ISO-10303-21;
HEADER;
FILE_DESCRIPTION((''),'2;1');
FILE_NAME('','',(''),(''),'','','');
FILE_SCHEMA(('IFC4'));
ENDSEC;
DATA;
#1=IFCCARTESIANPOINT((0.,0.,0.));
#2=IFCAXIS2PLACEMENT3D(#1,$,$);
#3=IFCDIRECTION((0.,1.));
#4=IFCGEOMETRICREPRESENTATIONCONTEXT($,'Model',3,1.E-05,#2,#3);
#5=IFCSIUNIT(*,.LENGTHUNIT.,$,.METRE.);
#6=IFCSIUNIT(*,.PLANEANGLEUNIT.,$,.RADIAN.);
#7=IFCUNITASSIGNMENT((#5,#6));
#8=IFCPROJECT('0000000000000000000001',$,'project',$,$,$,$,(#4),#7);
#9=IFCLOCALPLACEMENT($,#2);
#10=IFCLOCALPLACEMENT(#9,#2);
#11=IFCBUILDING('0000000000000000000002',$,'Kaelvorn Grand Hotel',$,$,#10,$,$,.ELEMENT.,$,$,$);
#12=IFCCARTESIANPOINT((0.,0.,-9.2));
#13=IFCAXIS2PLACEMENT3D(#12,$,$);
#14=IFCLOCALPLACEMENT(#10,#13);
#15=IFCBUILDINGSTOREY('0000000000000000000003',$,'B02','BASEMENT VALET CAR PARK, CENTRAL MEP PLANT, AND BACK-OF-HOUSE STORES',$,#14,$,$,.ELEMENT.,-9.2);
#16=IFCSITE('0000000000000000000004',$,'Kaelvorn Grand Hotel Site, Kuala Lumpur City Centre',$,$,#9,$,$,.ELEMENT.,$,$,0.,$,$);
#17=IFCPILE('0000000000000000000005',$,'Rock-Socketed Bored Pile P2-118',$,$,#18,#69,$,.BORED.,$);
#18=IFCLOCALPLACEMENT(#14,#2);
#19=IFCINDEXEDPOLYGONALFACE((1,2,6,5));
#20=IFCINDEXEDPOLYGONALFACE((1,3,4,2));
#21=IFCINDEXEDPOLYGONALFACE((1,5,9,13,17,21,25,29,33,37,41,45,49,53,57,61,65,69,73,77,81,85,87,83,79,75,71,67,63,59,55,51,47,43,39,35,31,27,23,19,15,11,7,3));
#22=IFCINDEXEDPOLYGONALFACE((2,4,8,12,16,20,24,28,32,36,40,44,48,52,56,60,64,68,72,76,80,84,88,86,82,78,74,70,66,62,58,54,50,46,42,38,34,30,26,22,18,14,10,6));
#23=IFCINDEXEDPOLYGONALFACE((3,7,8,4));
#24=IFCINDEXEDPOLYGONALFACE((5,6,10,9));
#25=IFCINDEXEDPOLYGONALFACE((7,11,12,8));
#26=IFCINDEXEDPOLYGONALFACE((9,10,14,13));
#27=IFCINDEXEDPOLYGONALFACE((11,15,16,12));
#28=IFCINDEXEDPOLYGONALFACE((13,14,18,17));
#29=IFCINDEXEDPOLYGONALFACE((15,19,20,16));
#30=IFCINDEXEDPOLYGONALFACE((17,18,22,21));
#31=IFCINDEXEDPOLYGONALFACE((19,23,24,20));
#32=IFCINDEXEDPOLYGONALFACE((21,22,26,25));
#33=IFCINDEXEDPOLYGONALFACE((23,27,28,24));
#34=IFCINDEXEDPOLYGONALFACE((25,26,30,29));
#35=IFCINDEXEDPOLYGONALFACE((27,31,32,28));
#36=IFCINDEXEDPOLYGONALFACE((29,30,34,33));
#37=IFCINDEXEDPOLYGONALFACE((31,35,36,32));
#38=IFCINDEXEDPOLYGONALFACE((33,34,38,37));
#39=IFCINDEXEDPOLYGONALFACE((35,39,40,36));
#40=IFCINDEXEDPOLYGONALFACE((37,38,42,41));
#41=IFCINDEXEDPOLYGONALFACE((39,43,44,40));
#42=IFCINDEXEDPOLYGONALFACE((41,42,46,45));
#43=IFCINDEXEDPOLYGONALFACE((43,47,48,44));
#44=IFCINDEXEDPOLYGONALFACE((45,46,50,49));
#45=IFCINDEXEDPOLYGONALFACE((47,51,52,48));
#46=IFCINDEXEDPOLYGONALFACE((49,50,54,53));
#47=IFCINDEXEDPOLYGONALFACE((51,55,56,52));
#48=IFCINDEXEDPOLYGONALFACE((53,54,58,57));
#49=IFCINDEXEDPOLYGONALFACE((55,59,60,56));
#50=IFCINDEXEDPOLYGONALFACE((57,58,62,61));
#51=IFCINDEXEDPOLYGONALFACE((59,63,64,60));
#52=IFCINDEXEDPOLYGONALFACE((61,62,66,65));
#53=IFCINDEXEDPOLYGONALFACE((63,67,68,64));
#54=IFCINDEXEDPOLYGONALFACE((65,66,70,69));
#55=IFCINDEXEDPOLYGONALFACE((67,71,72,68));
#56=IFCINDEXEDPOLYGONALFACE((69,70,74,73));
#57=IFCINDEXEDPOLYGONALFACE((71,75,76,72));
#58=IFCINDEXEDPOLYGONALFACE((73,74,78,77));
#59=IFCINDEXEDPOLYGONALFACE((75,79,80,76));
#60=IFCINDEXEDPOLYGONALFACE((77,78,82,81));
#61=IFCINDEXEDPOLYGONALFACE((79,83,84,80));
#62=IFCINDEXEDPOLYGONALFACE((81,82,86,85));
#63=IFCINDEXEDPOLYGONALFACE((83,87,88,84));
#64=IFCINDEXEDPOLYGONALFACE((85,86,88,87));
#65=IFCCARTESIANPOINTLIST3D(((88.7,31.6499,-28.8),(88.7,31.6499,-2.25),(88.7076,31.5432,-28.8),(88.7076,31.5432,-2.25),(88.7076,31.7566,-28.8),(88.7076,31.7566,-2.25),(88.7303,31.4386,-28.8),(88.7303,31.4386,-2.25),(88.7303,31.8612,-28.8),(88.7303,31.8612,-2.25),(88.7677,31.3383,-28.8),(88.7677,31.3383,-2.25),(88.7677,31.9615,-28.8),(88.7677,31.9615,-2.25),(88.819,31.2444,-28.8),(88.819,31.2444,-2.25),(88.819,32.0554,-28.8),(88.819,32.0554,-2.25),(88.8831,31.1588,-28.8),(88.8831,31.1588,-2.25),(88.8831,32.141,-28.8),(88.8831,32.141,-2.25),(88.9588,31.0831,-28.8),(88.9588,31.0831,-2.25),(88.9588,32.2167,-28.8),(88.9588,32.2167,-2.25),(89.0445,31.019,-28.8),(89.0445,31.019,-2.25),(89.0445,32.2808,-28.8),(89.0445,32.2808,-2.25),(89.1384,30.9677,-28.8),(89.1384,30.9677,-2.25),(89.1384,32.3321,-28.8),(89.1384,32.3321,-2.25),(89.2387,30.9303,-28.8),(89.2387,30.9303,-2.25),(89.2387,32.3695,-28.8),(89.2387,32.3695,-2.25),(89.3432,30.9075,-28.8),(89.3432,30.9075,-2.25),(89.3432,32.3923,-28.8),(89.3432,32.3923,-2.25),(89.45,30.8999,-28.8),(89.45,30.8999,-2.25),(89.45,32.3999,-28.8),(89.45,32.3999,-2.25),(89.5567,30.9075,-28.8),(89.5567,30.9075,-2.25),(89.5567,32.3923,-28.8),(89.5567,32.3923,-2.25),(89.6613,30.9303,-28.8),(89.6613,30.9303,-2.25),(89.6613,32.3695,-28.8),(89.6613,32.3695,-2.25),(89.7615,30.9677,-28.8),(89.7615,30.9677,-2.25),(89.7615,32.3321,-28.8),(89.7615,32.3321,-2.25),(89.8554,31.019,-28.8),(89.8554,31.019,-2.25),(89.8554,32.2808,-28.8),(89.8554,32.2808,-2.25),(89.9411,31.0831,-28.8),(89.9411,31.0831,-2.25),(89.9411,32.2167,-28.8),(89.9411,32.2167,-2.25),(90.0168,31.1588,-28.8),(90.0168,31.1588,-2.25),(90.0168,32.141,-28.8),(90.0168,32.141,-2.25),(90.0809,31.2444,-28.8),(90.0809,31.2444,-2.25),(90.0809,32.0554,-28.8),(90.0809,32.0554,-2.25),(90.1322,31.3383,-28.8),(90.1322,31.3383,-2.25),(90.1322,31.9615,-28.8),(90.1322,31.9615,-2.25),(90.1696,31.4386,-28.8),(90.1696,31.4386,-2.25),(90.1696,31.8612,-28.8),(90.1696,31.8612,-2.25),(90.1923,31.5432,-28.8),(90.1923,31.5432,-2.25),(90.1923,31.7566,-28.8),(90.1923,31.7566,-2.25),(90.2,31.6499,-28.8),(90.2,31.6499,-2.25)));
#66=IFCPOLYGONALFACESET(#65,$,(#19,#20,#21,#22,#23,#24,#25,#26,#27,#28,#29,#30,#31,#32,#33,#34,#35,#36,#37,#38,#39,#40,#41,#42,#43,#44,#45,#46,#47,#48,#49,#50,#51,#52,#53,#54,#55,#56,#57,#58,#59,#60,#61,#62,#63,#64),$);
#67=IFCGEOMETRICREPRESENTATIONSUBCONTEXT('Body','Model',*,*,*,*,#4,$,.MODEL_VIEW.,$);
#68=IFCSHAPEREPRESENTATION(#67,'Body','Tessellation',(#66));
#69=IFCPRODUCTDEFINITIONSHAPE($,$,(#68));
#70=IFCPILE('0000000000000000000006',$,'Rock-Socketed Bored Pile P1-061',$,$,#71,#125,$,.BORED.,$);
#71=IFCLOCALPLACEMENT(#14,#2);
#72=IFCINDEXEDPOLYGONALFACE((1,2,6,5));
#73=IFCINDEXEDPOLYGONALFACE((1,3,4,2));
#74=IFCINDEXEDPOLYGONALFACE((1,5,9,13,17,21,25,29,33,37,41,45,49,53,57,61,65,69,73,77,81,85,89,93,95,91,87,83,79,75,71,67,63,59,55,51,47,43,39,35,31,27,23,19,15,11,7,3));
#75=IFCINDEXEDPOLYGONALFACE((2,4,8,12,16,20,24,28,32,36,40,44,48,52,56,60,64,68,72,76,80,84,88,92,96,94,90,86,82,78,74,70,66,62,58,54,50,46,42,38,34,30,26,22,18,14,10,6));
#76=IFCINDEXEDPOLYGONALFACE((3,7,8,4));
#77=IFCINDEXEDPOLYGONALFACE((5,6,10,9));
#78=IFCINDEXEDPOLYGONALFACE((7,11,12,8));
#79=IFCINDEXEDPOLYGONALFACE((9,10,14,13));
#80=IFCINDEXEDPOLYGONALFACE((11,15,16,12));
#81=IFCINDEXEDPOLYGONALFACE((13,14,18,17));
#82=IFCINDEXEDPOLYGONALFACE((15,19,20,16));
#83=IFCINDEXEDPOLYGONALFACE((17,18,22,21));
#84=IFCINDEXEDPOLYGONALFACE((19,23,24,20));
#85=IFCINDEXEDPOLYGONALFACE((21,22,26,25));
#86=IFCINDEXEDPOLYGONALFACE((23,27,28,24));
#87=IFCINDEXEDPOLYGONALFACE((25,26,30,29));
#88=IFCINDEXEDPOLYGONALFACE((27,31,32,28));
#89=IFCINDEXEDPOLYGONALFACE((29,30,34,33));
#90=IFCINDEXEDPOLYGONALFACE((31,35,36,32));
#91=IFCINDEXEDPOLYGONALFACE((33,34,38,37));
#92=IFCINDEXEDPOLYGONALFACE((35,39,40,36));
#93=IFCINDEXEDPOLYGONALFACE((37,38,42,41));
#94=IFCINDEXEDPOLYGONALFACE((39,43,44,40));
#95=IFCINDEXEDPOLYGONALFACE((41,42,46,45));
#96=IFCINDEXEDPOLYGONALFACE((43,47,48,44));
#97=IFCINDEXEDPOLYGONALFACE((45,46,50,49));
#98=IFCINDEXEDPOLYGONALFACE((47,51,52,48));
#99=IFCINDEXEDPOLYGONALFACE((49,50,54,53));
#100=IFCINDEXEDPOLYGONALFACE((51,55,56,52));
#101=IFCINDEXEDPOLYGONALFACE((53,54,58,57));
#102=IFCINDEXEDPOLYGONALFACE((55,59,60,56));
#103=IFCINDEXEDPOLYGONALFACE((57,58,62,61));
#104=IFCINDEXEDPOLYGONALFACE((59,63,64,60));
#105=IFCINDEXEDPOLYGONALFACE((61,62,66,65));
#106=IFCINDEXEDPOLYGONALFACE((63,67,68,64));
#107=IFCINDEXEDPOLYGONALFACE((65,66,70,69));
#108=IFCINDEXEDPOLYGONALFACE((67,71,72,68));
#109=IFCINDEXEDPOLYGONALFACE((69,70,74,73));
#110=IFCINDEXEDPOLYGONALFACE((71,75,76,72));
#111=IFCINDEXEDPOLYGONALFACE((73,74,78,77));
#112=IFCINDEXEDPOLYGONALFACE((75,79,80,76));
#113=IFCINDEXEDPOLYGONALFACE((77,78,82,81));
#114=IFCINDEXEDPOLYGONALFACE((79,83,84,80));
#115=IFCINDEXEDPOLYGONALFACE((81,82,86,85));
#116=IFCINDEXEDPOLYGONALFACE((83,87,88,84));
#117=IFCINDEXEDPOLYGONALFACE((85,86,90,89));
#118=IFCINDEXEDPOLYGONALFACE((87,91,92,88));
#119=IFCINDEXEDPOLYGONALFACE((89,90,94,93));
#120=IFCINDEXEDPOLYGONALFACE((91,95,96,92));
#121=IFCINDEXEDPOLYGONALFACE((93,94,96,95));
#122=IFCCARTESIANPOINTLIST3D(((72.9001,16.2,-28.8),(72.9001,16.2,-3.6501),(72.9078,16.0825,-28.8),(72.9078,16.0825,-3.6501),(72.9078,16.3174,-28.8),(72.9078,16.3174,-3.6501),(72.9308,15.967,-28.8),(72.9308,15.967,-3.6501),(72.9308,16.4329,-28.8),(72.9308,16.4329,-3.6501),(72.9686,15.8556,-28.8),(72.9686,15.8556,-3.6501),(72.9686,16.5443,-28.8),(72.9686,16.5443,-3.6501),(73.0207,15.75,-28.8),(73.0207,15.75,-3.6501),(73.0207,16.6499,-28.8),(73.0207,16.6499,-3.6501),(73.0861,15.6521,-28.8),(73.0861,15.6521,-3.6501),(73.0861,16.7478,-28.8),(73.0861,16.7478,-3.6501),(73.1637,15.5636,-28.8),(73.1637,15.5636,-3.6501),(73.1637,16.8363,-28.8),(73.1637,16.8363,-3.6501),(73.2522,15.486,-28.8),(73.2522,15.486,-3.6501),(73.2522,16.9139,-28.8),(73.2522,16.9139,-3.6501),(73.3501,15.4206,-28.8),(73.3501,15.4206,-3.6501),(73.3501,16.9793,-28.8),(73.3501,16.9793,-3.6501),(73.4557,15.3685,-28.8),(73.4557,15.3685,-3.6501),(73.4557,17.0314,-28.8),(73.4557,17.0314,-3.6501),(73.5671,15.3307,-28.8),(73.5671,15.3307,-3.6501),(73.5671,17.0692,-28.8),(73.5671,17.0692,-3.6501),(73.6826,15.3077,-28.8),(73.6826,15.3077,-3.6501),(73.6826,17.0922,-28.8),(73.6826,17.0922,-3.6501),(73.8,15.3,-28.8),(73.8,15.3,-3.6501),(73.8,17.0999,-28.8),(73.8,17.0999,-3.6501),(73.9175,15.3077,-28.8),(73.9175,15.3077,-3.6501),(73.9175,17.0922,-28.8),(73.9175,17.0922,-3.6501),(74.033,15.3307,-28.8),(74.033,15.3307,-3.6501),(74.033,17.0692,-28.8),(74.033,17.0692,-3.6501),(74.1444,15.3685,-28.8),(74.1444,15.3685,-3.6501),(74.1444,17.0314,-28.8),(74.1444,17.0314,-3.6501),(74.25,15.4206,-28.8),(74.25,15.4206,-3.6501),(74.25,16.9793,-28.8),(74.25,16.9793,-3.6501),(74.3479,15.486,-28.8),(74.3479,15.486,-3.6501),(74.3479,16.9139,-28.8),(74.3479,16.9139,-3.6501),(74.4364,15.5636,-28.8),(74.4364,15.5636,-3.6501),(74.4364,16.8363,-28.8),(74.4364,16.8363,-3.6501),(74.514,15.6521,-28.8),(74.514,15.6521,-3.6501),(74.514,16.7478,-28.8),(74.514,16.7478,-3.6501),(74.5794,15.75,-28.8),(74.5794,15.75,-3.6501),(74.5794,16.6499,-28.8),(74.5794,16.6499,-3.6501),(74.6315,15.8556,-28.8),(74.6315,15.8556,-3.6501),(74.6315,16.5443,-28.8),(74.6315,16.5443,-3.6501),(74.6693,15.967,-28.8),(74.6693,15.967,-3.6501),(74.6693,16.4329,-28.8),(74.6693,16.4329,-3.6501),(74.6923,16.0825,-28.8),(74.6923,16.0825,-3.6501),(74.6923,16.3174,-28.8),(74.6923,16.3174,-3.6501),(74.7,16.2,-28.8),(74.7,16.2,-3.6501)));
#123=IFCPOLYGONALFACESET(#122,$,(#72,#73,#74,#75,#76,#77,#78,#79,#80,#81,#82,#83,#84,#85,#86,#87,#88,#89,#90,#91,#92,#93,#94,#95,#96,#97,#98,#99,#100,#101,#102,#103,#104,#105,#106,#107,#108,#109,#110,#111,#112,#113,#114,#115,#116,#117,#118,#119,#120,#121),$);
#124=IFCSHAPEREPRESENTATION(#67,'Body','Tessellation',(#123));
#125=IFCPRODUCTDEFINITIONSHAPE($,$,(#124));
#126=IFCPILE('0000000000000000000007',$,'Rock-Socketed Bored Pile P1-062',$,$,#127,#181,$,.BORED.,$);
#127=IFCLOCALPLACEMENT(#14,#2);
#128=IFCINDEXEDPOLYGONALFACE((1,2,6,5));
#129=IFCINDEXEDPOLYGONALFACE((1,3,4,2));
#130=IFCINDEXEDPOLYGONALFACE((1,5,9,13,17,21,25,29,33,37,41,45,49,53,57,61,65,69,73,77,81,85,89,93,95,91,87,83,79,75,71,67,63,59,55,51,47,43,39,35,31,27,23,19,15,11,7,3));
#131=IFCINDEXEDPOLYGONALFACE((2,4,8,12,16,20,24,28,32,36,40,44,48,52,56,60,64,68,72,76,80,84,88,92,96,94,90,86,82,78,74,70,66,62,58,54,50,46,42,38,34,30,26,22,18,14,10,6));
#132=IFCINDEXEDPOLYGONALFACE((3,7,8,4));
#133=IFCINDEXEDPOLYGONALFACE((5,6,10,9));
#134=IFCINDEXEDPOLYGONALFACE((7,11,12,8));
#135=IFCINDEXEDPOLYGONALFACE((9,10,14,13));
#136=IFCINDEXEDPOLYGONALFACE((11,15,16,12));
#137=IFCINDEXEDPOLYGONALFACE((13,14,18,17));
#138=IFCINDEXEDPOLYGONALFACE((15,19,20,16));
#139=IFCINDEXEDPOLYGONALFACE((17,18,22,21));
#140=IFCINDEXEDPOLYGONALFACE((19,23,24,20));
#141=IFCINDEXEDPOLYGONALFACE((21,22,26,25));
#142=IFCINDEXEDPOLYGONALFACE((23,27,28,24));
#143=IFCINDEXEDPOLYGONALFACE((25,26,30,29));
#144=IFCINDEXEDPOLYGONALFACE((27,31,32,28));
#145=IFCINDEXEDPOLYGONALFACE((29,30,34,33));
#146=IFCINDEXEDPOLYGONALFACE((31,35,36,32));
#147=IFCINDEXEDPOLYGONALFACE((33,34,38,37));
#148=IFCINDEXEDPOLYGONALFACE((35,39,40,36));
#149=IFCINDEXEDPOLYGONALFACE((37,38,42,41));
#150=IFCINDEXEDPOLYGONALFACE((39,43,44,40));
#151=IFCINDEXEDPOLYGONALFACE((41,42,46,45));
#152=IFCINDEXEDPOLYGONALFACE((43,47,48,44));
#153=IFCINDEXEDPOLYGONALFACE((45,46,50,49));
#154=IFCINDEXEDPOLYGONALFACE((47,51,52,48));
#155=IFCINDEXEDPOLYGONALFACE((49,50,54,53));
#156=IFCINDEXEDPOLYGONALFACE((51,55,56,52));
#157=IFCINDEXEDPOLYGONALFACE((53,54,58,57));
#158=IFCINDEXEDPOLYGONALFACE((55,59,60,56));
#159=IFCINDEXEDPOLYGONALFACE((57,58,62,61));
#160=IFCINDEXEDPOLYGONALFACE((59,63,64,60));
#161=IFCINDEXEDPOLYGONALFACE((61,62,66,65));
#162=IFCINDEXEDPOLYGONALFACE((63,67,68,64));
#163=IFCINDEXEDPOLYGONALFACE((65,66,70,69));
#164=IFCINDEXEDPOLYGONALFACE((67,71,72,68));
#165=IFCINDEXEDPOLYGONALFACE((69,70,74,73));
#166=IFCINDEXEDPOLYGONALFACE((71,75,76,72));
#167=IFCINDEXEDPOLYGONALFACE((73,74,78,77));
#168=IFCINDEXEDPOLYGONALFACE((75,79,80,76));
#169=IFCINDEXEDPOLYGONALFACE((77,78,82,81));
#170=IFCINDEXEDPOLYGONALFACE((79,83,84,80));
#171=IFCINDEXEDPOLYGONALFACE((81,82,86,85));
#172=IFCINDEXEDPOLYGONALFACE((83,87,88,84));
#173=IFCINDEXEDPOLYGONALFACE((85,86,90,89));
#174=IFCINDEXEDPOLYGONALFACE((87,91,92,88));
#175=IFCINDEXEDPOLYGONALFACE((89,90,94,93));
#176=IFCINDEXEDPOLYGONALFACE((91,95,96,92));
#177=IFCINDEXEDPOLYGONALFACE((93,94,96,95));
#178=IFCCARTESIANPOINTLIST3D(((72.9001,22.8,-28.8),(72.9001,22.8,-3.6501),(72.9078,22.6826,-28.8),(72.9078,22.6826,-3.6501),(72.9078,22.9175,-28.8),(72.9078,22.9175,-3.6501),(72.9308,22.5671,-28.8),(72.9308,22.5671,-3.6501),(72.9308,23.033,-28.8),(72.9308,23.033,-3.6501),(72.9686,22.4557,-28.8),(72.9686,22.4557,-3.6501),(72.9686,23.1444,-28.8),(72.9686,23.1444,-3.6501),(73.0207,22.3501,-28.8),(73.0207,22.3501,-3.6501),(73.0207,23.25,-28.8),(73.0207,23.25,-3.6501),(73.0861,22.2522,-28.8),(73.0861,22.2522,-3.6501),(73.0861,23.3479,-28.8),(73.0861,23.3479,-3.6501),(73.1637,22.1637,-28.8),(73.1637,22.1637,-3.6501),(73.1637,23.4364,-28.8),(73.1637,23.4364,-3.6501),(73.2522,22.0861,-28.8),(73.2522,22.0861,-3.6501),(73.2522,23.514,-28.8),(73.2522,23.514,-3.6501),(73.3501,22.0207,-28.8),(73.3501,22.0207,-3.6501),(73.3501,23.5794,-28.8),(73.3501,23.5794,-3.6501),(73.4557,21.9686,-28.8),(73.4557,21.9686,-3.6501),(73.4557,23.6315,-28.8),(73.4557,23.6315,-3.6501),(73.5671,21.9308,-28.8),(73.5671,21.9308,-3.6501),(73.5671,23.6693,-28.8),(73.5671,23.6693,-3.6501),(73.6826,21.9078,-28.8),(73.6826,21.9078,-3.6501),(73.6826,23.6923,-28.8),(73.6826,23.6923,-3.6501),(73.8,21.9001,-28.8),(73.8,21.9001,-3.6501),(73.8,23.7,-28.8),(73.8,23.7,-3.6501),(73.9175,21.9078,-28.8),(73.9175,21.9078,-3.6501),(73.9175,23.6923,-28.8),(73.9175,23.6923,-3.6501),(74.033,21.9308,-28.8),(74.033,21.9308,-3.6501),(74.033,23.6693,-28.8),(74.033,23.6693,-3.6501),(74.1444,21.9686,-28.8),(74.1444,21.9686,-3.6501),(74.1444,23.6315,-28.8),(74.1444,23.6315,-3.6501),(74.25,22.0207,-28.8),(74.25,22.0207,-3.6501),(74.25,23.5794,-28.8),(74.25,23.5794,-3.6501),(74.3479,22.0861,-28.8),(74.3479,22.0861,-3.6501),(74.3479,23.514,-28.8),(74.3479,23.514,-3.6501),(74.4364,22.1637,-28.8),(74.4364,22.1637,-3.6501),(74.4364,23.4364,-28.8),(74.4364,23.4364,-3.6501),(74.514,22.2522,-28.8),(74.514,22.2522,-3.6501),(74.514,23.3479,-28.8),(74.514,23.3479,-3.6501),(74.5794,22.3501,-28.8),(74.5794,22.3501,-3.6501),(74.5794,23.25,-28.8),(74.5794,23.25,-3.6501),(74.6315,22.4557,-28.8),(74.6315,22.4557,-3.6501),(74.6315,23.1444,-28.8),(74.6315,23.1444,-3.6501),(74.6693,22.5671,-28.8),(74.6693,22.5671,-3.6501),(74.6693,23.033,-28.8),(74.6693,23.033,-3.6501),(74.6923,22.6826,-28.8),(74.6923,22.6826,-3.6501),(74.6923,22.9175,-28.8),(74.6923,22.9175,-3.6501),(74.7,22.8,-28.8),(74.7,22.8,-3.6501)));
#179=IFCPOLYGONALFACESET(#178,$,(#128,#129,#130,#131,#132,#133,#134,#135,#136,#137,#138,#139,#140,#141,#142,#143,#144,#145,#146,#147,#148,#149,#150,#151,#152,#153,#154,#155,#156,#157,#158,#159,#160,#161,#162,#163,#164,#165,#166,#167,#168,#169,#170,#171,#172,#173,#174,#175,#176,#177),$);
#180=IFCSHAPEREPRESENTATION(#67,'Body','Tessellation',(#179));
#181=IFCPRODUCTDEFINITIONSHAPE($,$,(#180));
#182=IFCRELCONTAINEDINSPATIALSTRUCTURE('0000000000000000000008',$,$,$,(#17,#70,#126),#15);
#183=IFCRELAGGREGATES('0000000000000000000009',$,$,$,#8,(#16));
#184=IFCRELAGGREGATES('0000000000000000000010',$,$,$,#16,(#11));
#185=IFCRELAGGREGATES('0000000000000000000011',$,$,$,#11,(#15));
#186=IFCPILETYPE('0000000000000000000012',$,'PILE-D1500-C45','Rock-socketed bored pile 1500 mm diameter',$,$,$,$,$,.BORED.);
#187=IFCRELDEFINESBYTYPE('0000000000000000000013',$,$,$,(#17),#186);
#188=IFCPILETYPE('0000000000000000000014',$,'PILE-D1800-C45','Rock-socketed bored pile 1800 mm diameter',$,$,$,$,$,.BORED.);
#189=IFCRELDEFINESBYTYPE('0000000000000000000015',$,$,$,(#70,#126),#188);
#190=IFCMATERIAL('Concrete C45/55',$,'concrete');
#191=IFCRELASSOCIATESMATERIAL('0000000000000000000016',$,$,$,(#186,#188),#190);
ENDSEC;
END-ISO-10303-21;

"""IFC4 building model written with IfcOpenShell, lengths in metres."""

from ifc_helpers import new_model, si_unit, direction, frame, origin, origin_2d, place, context, subcontext, project, spatial, circle, extrude, material, material_profile, profile_set, type_object, element, save


model = new_model("IFC4")

# Units and contexts
model_context = context("Model", 3, precision=1e-05, world=origin(), true_north=direction((0.0, 1.0)))
body_context = subcontext(model_context, "Body", "Model", "MODEL_VIEW")
ifc_project = project(units=[si_unit("LENGTHUNIT", "METRE"), si_unit("PLANEANGLEUNIT", "RADIAN")], contexts=[model_context])

# Site, building, storey
site_placement = place(None, origin())
site = spatial("IfcSite", under=ifc_project, at=site_placement, Name="Kaelvorn Grand Hotel Site, Kuala Lumpur City Centre", CompositionType="ELEMENT", RefElevation=0.0)
building_placement = place(site_placement, origin())
building = spatial("IfcBuilding", under=site, at=building_placement, Name="Kaelvorn Grand Hotel", CompositionType="ELEMENT")
storey_placement = place(building_placement, frame((0.0, 0.0, -9.2)))
storey = spatial("IfcBuildingStorey", under=building, at=storey_placement, Name="B02", Description="BASEMENT VALET CAR PARK, CENTRAL MEP PLANT, AND BACK-OF-HOUSE STORES", CompositionType="ELEMENT", Elevation=-9.2)

# Piles
ifc_material_1 = material(Name="Concrete C45/55", Category="concrete")
ifc_material_profile_1 = material_profile(ifc_material_1, circle(Radius=0.75, at=origin_2d()), Name="BORED PILE D1500")
ifc_profile_set_1 = profile_set([ifc_material_profile_1], Name="Concrete C45/55")
pile_type_1 = type_object("IfcPileType", Name="PILE-D1500-C45", Description="Rock-socketed bored pile 1500 mm diameter", PredefinedType="BORED", material=ifc_profile_set_1)
for number, where, z_axis, x_axis, name in (
    (1, (89.45, 31.6499, -2.25), (0.0, 0.0, -1.0), (1.0, 0.0, 0.0), "Rock-Socketed Bored Pile P2-118"),
):
    element("IfcPile", number, at=place(storey_placement, frame(where, z_axis=z_axis, x_axis=x_axis)), inside=storey, type_object=pile_type_1, Name=name, PredefinedType="BORED", context=body_context, shape_type="SweptSolid", body=[
        extrude(circle(Radius=0.75, at=origin_2d()), origin(), (0.0, 0.0, 1.0), 26.55),
    ])
ifc_material_profile_2 = material_profile(ifc_material_1, circle(Radius=0.8999, at=origin_2d()), Name="BORED PILE D1800")
ifc_profile_set_2 = profile_set([ifc_material_profile_2], Name="Concrete C45/55")
pile_type_2 = type_object("IfcPileType", Name="PILE-D1800-C45", Description="Rock-socketed bored pile 1800 mm diameter", PredefinedType="BORED", material=ifc_profile_set_2)
for number, where, z_axis, x_axis, name in (
    (2, (73.8, 16.2, -3.6501), (0.0, 0.0, -1.0), (1.0, 0.0, 0.0), "Rock-Socketed Bored Pile P1-061"),
    (3, (73.8, 22.8, -3.6501), (0.0, 0.0, -1.0), (1.0, 0.0, 0.0), "Rock-Socketed Bored Pile P1-062"),
):
    element("IfcPile", number, at=place(storey_placement, frame(where, z_axis=z_axis, x_axis=x_axis)), inside=storey, type_object=pile_type_2, Name=name, PredefinedType="BORED", context=body_context, shape_type="SweptSolid", body=[
        extrude(circle(Radius=0.8999, at=origin_2d()), origin(), (0.0, 0.0, 1.0), 25.1499),
    ])

save(model, "model.ifc")
